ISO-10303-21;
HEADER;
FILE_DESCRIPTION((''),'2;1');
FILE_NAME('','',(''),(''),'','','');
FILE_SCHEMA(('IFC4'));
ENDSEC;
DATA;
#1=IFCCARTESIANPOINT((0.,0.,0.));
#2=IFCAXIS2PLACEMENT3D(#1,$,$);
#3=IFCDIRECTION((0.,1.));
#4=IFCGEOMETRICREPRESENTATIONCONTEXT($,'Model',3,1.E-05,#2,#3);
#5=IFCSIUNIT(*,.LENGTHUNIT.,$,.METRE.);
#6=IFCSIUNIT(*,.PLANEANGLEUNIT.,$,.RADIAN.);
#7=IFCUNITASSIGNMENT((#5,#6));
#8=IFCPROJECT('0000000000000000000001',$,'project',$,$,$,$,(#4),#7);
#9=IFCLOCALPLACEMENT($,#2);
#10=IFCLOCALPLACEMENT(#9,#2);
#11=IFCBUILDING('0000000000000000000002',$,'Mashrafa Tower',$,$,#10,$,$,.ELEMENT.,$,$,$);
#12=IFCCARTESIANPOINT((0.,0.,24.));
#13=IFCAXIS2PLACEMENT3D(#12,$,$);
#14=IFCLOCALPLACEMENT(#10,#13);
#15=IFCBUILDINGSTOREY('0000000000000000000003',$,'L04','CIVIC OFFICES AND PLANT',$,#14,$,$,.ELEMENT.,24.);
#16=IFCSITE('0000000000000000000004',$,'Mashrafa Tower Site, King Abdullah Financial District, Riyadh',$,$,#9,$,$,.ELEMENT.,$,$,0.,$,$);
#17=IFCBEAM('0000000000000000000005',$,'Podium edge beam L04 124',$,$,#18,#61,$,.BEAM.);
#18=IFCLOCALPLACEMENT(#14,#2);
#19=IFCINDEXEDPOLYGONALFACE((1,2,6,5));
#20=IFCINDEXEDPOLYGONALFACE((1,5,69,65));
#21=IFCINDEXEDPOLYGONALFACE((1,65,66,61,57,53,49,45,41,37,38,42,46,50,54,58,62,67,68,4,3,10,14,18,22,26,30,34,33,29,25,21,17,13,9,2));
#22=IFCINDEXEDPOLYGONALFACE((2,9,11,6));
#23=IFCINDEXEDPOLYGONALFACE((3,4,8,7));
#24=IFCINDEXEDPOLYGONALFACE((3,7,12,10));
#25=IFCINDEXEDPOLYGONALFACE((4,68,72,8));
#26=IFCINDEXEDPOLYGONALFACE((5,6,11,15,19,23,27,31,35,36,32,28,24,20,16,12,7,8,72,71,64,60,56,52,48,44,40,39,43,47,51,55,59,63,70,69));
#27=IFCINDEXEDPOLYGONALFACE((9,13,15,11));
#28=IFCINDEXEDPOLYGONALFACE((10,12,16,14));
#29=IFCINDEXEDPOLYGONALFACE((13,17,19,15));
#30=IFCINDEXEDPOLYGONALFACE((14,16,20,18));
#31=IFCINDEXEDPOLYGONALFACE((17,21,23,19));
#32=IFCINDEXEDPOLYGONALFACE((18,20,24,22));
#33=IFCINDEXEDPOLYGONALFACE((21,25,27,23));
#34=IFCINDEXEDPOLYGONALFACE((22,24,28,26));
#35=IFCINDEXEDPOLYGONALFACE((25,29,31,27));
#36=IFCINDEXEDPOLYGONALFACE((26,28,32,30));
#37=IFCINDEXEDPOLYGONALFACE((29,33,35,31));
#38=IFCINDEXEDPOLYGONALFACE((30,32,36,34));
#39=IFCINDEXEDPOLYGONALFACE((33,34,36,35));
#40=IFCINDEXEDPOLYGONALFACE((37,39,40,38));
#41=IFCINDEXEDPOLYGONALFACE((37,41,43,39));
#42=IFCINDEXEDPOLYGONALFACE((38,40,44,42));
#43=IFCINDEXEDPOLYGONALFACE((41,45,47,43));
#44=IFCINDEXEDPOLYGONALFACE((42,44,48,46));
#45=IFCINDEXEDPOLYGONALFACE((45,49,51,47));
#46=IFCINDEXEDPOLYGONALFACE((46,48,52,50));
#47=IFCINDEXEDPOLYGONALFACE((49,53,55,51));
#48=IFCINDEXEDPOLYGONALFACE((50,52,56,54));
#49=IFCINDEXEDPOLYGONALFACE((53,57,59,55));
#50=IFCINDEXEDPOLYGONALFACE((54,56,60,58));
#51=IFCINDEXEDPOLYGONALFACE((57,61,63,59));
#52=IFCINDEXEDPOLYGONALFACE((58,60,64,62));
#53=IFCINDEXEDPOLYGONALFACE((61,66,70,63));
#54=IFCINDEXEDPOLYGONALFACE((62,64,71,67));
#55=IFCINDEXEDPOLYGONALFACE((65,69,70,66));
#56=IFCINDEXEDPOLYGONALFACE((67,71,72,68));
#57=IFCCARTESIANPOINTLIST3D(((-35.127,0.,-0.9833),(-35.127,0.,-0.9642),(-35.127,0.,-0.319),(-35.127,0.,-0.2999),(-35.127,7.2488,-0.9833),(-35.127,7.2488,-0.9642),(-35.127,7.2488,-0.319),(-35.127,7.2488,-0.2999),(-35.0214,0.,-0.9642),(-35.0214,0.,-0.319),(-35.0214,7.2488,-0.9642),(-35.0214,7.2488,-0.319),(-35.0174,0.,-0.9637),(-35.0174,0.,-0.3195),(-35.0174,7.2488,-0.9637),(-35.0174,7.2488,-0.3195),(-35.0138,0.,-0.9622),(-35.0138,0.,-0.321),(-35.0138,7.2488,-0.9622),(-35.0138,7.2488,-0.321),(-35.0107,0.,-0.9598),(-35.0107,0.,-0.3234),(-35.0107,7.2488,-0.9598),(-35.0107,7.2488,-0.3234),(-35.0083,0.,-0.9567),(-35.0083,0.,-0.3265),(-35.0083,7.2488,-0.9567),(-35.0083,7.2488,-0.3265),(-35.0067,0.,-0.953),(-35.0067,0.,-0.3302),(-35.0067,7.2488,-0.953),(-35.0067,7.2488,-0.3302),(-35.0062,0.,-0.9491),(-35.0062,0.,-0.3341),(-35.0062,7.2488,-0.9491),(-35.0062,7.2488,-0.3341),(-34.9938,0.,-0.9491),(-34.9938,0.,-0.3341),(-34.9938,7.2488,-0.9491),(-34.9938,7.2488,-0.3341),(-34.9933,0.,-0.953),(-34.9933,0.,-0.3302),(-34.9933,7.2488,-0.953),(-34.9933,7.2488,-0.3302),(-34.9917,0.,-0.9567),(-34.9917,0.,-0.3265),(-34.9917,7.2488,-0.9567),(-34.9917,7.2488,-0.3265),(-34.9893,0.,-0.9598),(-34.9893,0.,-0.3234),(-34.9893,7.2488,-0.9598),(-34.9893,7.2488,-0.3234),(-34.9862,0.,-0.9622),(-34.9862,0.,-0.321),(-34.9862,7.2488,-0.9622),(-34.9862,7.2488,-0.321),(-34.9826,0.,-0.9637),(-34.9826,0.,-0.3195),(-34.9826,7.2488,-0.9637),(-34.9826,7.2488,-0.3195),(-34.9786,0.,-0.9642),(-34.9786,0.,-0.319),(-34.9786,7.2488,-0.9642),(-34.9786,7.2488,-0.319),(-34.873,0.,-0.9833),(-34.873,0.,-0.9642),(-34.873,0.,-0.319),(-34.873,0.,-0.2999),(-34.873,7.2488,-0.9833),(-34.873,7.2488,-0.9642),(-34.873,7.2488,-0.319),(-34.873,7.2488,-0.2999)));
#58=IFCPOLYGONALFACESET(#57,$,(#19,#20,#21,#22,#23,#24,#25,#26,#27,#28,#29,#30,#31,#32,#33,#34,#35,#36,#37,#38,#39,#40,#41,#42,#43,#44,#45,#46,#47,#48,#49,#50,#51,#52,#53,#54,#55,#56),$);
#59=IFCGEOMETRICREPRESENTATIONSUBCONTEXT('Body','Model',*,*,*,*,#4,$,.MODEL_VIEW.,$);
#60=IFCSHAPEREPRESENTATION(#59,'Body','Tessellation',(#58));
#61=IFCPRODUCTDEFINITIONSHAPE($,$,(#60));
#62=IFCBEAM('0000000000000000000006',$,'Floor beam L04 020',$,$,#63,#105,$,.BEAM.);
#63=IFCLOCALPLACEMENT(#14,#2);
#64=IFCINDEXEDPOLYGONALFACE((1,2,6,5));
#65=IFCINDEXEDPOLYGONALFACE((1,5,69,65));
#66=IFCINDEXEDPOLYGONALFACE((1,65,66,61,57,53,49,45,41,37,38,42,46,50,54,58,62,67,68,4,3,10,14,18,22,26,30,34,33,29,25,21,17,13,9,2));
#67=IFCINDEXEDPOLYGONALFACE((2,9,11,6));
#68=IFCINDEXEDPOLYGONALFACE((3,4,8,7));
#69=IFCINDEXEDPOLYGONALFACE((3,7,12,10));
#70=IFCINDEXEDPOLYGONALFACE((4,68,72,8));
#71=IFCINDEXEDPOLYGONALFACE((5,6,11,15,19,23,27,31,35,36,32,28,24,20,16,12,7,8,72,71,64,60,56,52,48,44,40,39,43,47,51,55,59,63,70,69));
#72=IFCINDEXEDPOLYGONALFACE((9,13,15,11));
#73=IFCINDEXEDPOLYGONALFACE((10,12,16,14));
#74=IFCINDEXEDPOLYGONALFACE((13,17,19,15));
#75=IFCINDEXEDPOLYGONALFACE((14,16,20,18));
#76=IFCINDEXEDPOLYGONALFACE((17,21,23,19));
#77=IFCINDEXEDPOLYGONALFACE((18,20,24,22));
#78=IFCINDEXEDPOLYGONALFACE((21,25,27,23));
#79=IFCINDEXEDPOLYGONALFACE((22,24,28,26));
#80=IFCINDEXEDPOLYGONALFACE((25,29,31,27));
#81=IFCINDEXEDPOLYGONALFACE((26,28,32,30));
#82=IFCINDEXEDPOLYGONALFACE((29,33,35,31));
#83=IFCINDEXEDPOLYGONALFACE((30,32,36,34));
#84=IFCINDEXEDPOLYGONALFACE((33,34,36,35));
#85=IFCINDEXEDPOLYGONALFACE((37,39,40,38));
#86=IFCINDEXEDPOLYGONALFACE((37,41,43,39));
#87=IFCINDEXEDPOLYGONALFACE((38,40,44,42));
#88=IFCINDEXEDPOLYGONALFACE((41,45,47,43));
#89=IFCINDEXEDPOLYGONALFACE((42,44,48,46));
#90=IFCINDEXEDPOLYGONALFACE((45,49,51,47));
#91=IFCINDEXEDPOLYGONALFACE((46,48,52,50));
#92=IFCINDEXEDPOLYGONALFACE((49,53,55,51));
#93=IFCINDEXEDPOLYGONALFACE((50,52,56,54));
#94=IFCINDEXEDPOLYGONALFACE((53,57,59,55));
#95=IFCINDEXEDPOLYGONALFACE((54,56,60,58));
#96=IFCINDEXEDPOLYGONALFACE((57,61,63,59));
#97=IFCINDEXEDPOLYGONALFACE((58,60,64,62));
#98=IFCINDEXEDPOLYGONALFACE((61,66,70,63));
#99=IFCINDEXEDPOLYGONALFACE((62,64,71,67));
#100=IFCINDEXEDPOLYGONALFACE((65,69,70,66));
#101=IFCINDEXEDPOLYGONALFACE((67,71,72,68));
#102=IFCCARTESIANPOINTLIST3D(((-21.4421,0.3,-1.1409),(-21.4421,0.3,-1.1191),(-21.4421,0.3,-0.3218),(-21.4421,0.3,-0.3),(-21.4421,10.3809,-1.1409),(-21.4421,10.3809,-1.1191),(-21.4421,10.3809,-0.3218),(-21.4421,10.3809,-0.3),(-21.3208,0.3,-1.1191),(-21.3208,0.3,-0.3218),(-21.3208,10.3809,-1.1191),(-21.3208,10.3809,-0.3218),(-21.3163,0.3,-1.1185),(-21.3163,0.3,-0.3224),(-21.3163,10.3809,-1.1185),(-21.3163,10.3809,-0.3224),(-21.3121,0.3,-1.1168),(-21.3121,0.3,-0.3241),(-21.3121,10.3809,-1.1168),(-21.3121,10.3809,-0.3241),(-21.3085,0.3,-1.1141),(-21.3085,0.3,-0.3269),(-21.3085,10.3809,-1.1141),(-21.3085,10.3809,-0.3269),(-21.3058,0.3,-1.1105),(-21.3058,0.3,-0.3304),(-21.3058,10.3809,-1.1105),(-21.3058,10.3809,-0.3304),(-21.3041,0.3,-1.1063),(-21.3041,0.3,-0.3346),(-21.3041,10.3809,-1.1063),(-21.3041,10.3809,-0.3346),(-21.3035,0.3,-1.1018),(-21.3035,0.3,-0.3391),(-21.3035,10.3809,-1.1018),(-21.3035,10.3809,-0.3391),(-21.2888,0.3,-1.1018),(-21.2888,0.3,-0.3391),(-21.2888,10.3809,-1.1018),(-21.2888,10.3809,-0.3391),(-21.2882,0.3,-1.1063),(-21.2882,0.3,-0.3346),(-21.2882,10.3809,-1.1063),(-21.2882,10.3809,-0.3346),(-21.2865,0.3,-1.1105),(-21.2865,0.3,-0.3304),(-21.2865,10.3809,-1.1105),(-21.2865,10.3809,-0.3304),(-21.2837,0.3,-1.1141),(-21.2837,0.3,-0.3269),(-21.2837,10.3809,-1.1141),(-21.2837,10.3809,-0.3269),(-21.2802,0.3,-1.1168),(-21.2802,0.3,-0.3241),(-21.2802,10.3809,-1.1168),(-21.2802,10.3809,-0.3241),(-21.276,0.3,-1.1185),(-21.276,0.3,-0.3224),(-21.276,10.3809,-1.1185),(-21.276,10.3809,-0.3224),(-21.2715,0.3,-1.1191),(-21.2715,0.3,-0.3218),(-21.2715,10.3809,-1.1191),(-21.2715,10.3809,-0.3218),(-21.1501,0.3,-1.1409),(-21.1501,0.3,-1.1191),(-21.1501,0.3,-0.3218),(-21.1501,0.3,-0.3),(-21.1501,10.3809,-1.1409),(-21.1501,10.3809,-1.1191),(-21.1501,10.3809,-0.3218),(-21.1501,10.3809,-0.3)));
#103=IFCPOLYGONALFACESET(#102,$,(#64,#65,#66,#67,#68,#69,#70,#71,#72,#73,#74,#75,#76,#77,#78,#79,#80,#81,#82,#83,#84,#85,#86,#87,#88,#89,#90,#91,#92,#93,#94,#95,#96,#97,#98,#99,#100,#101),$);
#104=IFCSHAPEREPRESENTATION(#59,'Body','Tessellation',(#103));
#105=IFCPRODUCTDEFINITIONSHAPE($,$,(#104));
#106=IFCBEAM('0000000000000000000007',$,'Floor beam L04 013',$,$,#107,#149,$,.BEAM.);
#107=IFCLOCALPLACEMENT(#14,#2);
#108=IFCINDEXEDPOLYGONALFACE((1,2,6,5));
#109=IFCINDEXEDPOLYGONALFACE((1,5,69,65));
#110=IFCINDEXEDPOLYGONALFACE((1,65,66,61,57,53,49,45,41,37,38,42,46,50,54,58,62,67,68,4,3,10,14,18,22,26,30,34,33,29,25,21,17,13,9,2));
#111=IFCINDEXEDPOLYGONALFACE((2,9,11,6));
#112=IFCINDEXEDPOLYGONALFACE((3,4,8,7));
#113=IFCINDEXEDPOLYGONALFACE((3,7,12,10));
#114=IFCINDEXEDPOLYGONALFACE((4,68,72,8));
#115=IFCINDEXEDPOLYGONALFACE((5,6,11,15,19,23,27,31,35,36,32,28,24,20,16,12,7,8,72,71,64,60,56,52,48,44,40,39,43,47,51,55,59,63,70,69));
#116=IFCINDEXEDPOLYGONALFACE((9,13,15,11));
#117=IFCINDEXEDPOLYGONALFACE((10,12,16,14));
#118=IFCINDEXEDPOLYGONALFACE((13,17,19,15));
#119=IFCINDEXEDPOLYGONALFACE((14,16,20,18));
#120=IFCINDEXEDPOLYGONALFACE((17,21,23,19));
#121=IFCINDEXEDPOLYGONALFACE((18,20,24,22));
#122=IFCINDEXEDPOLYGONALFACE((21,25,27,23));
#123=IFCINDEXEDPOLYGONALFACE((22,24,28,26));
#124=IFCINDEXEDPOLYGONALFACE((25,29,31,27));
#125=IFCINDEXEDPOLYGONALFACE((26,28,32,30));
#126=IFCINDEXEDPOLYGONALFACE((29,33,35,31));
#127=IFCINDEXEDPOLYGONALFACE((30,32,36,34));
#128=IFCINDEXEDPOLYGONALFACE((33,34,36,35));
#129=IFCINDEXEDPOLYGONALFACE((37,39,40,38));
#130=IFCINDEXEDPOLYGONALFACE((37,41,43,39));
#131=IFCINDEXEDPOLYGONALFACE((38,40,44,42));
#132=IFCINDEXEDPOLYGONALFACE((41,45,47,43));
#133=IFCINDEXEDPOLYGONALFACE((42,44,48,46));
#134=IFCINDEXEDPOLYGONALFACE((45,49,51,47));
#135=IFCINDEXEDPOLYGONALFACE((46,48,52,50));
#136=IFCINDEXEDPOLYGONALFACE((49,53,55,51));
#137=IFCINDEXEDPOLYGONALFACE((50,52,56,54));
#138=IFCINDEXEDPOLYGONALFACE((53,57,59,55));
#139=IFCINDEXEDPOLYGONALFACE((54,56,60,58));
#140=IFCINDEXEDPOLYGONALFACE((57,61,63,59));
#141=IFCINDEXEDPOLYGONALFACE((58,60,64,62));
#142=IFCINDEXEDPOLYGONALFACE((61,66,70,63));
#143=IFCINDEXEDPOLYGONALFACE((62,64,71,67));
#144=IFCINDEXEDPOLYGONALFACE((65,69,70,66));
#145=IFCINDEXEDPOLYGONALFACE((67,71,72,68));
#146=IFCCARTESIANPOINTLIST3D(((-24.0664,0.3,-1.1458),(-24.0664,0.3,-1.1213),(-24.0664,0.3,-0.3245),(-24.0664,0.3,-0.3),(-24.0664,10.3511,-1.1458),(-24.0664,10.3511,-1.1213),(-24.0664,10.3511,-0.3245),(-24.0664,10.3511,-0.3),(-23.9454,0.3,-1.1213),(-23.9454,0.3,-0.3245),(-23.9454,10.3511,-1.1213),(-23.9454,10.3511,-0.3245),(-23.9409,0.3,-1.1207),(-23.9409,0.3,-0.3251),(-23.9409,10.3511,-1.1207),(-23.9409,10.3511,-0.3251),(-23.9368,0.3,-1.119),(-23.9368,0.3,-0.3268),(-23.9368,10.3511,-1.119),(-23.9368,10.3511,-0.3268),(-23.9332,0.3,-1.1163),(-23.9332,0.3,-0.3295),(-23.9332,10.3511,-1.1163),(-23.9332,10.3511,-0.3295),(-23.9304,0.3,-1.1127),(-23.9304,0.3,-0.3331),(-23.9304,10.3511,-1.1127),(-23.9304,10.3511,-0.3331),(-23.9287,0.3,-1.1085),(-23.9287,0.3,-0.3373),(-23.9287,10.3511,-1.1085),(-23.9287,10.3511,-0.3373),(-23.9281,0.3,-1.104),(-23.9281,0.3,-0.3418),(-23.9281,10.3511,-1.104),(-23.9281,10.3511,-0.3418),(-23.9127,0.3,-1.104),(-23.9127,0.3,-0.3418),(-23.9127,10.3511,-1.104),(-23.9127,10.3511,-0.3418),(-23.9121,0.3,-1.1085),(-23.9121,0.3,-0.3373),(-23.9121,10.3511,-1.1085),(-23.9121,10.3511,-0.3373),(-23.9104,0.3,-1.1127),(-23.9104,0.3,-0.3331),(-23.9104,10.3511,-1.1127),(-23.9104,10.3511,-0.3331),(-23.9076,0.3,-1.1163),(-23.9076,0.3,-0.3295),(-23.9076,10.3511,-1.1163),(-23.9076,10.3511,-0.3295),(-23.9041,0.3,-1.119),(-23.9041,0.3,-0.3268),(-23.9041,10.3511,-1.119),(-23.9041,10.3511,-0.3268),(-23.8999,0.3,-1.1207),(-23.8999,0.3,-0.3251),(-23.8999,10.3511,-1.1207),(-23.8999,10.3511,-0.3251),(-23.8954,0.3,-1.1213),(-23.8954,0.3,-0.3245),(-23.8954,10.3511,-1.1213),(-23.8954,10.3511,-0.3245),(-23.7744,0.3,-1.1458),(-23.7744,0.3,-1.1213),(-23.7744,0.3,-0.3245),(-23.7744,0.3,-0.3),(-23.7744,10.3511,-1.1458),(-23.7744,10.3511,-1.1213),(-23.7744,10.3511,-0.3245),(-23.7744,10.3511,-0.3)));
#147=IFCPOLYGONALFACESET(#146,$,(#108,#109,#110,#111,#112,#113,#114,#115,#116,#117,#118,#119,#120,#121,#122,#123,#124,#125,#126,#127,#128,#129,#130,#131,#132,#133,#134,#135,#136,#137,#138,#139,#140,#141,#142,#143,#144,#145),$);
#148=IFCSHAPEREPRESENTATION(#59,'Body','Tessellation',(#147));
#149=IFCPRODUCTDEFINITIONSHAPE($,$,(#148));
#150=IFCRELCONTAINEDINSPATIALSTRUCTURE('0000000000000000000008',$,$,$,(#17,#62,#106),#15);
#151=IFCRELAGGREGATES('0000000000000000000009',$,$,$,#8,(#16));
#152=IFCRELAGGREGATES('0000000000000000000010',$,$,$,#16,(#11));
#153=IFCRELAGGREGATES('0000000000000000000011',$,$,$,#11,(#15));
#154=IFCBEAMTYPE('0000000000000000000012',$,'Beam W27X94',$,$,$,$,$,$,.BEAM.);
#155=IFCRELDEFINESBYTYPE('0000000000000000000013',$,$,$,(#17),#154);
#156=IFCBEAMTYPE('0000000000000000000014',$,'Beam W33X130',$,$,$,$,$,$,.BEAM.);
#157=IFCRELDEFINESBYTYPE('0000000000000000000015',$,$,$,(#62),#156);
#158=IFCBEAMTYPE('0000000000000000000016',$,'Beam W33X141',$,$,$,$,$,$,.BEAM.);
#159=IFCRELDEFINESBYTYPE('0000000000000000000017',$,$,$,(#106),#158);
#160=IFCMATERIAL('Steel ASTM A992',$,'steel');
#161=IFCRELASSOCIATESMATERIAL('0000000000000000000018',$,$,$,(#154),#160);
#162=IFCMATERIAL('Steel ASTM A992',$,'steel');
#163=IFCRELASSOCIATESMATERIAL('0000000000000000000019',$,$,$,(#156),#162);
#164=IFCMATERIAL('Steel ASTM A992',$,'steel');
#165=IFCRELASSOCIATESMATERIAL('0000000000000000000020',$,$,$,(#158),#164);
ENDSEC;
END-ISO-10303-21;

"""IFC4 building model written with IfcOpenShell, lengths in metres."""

from ifc_helpers import new_model, si_unit, direction, frame, origin, origin_2d, place, context, subcontext, project, spatial, i_section, extrude, material, material_profile, profile_set, type_object, element, save


model = new_model("IFC4")

# Units and contexts
model_context = context("Model", 3, precision=1e-05, world=origin(), true_north=direction((0.0, 1.0)))
body_context = subcontext(model_context, "Body", "Model", "MODEL_VIEW")
ifc_project = project(units=[si_unit("LENGTHUNIT", "METRE"), si_unit("PLANEANGLEUNIT", "RADIAN")], contexts=[model_context])

# Site, building, storey
site_placement = place(None, origin())
site = spatial("IfcSite", under=ifc_project, at=site_placement, Name="Mashrafa Tower Site, King Abdullah Financial District, Riyadh", CompositionType="ELEMENT", RefElevation=0.0)
building_placement = place(site_placement, origin())
building = spatial("IfcBuilding", under=site, at=building_placement, Name="Mashrafa Tower", CompositionType="ELEMENT")
storey_placement = place(building_placement, frame((0.0, 0.0, 24.0)))
storey = spatial("IfcBuildingStorey", under=building, at=storey_placement, Name="L04", Description="CIVIC OFFICES AND PLANT", CompositionType="ELEMENT", Elevation=24.0)

# Beams
ifc_material_1 = material(Name="Steel ASTM A992", Category="steel")
ifc_material_profile_1 = material_profile(ifc_material_1, i_section(OverallWidth=0.2539, OverallDepth=0.6833, WebThickness=0.0125, FlangeThickness=0.019, FilletRadius=0.0151, at=origin_2d()), Name="W27X94")
ifc_profile_set_1 = profile_set([ifc_material_profile_1], Name="Steel ASTM A992")
beam_type_1 = type_object("IfcBeamType", Name="Beam W27X94", PredefinedType="BEAM", material=ifc_profile_set_1)
beam_1_placement = place(storey_placement, frame((-35.0, 7.2488, -0.6416), z_axis=(0.0, -1.0, 0.0), x_axis=(1.0, 0.0, 0.0)))
element("IfcBeam", 1, at=beam_1_placement, inside=storey, type_object=beam_type_1, Name="Podium edge beam L04 124", PredefinedType="BEAM", context=body_context, shape_type="SweptSolid", body=[
    extrude(i_section(OverallWidth=0.2539, OverallDepth=0.6833, WebThickness=0.0125, FlangeThickness=0.019, FilletRadius=0.0151, at=origin_2d()), origin(), (0.0, 0.0, 1.0), 7.2488),
])
ifc_material_2 = material(Name="Steel ASTM A992", Category="steel")
ifc_material_profile_2 = material_profile(ifc_material_2, i_section(OverallWidth=0.292, OverallDepth=0.8408, WebThickness=0.0146, FlangeThickness=0.0217, FilletRadius=0.0173, at=origin_2d()), Name="W33X130")
ifc_profile_set_2 = profile_set([ifc_material_profile_2], Name="Steel ASTM A992")
beam_type_2 = type_object("IfcBeamType", Name="Beam W33X130", PredefinedType="BEAM", material=ifc_profile_set_2)
beam_2_placement = place(storey_placement, frame((-21.2961, 0.3, -0.7205), z_axis=(0.0, 1.0, 0.0), x_axis=(-1.0, 0.0, 0.0)))
element("IfcBeam", 2, at=beam_2_placement, inside=storey, type_object=beam_type_2, Name="Floor beam L04 020", PredefinedType="BEAM", context=body_context, shape_type="SweptSolid", body=[
    extrude(i_section(OverallWidth=0.292, OverallDepth=0.8408, WebThickness=0.0146, FlangeThickness=0.0217, FilletRadius=0.0173, at=origin_2d()), origin(), (0.0, 0.0, 1.0), 10.0808),
])
ifc_material_3 = material(Name="Steel ASTM A992", Category="steel")
ifc_material_profile_3 = material_profile(ifc_material_3, i_section(OverallWidth=0.292, OverallDepth=0.8457, WebThickness=0.0154, FlangeThickness=0.0244, FilletRadius=0.0173, at=origin_2d()), Name="W33X141")
ifc_profile_set_3 = profile_set([ifc_material_profile_3], Name="Steel ASTM A992")
beam_type_3 = type_object("IfcBeamType", Name="Beam W33X141", PredefinedType="BEAM", material=ifc_profile_set_3)
beam_3_placement = place(storey_placement, frame((-23.9204, 0.3, -0.7229), z_axis=(0.0, 1.0, 0.0), x_axis=(-1.0, 0.0, 0.0)))
element("IfcBeam", 3, at=beam_3_placement, inside=storey, type_object=beam_type_3, Name="Floor beam L04 013", PredefinedType="BEAM", context=body_context, shape_type="SweptSolid", body=[
    extrude(i_section(OverallWidth=0.292, OverallDepth=0.8457, WebThickness=0.0154, FlangeThickness=0.0244, FilletRadius=0.0173, at=origin_2d()), origin(), (0.0, 0.0, 1.0), 10.051),
])

save(model, "model.ifc")
